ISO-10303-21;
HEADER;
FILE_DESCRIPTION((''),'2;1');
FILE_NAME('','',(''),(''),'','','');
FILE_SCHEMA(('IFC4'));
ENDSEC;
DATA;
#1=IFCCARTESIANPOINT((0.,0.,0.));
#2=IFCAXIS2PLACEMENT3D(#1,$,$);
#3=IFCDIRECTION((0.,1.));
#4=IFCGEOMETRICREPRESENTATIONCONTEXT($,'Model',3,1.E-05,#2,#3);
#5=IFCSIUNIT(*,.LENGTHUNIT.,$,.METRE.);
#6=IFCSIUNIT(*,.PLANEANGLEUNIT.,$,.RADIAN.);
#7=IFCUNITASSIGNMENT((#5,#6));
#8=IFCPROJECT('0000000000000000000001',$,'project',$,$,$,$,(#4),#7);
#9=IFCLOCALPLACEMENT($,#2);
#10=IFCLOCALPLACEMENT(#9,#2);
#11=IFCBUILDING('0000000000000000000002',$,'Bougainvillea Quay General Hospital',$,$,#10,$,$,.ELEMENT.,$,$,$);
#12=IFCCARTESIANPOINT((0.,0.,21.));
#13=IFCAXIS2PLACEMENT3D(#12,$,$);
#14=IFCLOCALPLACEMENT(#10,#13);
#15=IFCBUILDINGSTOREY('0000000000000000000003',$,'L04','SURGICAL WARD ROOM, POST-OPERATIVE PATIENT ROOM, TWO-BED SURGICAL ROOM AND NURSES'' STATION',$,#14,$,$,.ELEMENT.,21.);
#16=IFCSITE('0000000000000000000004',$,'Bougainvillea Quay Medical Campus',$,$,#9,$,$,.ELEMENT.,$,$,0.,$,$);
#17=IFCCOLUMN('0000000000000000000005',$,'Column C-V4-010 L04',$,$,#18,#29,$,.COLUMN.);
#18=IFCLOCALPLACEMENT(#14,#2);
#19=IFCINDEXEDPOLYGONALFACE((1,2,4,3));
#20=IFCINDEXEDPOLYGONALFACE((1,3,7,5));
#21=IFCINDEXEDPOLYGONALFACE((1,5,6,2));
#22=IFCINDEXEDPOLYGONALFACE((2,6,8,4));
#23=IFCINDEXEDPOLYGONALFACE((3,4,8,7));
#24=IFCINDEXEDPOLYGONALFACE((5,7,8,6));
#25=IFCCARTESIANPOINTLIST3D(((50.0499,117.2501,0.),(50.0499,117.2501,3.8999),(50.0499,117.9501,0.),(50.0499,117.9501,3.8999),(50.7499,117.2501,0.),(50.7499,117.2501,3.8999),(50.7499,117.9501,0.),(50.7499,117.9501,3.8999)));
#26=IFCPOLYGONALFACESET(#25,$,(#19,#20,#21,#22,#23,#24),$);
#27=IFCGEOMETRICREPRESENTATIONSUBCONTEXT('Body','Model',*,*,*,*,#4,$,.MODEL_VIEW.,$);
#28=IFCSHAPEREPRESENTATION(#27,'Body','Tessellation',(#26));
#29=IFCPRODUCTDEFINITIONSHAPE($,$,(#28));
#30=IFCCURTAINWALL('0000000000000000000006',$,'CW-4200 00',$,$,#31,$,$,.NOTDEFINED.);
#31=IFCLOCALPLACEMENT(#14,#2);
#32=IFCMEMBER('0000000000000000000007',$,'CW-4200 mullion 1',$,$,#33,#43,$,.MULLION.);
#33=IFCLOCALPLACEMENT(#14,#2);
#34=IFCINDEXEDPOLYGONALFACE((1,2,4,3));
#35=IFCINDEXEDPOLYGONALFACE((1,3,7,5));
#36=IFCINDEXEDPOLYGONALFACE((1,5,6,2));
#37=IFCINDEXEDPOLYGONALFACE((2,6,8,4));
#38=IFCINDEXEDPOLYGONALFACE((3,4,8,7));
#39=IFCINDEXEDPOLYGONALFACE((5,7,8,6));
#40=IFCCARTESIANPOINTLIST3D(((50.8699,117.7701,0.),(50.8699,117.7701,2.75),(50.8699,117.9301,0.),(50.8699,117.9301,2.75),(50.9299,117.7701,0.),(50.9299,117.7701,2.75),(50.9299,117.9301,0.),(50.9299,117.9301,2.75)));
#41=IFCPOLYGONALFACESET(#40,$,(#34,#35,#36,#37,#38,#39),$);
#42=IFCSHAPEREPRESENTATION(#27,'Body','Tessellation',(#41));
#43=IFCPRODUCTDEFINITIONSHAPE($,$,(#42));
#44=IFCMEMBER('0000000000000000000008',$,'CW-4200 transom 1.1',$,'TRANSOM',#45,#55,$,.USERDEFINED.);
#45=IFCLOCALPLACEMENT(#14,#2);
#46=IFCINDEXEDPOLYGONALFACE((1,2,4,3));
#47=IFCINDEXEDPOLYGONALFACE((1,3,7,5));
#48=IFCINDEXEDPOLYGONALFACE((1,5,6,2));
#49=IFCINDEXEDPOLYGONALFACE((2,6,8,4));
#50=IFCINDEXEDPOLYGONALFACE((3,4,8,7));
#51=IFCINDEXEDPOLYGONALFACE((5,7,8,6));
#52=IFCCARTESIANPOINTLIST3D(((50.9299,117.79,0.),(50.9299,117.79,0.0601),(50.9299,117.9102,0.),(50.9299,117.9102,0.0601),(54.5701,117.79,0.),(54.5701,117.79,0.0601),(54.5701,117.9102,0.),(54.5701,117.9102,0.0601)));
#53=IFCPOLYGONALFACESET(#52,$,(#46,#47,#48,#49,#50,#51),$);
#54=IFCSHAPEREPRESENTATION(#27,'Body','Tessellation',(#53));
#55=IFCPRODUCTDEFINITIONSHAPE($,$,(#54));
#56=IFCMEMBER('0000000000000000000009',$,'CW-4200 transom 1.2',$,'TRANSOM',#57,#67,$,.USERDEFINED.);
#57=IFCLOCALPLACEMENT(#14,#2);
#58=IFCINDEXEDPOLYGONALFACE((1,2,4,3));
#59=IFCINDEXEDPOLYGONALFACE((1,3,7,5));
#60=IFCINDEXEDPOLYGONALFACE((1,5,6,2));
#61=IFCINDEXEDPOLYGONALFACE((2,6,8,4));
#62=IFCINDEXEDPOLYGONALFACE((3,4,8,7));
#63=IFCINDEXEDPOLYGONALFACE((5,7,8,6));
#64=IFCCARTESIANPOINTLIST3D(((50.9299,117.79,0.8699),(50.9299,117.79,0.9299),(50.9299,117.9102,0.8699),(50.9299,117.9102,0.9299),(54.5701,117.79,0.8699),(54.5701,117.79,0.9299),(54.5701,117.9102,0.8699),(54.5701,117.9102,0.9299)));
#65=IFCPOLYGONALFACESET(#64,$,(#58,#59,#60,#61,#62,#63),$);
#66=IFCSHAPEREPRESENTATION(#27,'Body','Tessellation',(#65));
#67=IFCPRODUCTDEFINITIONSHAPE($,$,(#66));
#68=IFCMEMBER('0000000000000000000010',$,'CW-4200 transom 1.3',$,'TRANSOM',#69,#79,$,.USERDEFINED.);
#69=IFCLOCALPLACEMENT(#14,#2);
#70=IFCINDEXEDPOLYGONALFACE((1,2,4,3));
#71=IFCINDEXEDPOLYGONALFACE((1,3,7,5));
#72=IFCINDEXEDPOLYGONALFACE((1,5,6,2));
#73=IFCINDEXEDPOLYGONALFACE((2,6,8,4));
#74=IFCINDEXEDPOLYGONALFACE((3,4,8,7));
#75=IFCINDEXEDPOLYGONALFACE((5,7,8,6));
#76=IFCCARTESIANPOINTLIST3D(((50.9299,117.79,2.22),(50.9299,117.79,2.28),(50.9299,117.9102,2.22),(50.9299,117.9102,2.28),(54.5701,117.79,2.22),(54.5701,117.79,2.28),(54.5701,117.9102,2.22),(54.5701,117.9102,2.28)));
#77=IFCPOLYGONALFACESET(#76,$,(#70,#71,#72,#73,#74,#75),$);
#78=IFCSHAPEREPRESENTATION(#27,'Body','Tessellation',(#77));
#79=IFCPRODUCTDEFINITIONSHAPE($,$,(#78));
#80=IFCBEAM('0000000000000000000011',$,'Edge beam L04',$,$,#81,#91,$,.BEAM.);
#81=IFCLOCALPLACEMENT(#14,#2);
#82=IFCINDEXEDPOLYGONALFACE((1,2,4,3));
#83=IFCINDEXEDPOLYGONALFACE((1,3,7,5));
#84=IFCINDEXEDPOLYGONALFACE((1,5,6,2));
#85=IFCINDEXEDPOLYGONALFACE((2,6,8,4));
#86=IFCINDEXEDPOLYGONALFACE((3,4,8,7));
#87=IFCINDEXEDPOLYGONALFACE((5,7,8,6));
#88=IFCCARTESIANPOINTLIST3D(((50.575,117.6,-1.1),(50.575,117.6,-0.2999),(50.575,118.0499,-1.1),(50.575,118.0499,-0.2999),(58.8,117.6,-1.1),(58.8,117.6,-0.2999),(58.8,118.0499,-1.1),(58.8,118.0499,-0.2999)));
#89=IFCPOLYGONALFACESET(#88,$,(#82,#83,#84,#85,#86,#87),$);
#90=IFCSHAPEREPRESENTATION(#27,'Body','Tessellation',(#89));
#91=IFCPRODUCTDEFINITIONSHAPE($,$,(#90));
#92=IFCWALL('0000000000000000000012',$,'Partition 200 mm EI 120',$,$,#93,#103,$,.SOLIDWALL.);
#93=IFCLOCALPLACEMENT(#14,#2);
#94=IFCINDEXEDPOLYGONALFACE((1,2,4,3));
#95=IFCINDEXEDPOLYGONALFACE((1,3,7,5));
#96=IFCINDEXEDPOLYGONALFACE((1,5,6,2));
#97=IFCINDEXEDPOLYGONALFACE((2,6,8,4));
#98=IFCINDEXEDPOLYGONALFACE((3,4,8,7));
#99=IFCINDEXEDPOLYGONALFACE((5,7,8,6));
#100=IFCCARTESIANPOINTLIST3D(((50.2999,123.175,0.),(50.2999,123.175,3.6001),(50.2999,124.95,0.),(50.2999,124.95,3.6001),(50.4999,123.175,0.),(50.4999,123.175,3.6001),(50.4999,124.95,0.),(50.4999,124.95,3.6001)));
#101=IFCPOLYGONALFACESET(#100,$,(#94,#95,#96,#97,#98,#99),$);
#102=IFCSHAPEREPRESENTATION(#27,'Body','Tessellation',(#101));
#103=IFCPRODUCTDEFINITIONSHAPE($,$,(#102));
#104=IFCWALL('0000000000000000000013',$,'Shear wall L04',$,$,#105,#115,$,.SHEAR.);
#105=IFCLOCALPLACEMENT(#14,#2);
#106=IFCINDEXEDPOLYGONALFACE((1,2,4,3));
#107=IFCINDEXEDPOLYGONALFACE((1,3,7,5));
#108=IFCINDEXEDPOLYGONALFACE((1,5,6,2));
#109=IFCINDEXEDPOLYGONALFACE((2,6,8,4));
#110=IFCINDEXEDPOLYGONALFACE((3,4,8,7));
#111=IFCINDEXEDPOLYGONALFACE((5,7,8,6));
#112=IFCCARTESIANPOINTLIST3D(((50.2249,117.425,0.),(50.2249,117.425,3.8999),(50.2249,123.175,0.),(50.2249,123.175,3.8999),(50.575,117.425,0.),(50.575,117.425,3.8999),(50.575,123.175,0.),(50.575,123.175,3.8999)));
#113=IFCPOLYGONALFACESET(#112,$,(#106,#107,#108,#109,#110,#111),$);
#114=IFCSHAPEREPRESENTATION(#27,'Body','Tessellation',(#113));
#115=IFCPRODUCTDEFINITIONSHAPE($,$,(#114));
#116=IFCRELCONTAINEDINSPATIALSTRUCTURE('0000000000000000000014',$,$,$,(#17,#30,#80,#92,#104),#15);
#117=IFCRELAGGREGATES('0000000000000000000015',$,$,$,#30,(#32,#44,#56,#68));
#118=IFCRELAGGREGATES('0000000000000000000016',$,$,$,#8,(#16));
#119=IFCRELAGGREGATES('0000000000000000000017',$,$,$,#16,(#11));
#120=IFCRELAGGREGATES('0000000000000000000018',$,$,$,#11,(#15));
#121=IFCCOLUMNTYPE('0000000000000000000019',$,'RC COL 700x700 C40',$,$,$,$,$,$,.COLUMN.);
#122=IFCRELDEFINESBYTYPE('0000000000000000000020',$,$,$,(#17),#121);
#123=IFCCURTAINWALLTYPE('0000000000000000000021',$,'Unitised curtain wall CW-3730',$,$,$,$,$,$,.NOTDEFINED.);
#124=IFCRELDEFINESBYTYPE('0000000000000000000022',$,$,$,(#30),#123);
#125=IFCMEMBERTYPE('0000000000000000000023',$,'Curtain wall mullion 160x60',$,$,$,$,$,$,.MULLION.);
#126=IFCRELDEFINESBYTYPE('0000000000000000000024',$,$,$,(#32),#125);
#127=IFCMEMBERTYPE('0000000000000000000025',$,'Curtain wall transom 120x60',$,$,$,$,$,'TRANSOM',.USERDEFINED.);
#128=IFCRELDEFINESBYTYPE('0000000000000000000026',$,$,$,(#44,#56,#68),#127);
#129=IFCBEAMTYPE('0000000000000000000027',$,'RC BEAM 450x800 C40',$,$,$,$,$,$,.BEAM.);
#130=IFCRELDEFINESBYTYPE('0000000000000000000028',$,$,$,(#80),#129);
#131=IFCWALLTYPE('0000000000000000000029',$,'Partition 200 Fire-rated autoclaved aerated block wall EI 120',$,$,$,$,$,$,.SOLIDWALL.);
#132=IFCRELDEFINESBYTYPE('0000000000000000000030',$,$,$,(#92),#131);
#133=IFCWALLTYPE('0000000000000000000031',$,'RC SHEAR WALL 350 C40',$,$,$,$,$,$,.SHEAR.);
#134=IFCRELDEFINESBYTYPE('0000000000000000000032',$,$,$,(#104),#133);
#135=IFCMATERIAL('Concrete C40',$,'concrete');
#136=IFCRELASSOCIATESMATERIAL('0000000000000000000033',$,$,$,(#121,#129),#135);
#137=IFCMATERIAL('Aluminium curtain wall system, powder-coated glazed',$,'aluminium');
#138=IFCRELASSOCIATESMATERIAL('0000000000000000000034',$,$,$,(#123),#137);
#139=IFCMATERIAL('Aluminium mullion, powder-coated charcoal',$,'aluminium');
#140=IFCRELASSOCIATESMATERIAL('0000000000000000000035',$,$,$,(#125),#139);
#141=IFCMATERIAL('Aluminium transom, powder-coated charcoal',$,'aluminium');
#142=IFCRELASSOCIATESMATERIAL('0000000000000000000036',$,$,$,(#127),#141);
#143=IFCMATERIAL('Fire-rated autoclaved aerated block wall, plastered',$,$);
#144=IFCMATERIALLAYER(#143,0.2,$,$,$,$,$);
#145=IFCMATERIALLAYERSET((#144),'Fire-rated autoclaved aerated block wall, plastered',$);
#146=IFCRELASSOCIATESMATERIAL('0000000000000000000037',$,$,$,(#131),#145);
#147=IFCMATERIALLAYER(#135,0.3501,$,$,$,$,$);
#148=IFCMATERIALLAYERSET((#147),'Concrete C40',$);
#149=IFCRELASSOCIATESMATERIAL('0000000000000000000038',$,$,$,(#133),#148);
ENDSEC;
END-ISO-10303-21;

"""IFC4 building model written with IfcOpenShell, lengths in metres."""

from ifc_helpers import new_model, si_unit, direction, frame, frame_2d, origin, origin_2d, place, context, subcontext, project, spatial, rectangle, extrude, material, layer, layer_set, material_profile, profile_set, type_object, element, aggregate, save


model = new_model("IFC4")

# Units and contexts
model_context = context("Model", 3, precision=1e-05, world=origin(), true_north=direction((0.0, 1.0)))
body_context = subcontext(model_context, "Body", "Model", "MODEL_VIEW")
ifc_project = project(units=[si_unit("LENGTHUNIT", "METRE"), si_unit("PLANEANGLEUNIT", "RADIAN")], contexts=[model_context])

# Site, building, storey
site_placement = place(None, origin())
site = spatial("IfcSite", under=ifc_project, at=site_placement, Name="Bougainvillea Quay Medical Campus", CompositionType="ELEMENT", RefElevation=0.0)
building_placement = place(site_placement, origin())
building = spatial("IfcBuilding", under=site, at=building_placement, Name="Bougainvillea Quay General Hospital", CompositionType="ELEMENT")
storey_placement = place(building_placement, frame((0.0, 0.0, 21.0)))
storey = spatial("IfcBuildingStorey", under=building, at=storey_placement, Name="L04", Description="SURGICAL WARD ROOM, POST-OPERATIVE PATIENT ROOM, TWO-BED SURGICAL ROOM AND NURSES' STATION", CompositionType="ELEMENT", Elevation=21.0)

# Column
ifc_material_1 = material(Name="Concrete C40", Category="concrete")
ifc_material_profile_1 = material_profile(ifc_material_1, rectangle(XDim=0.7, YDim=0.7, at=origin_2d()))
ifc_profile_set_1 = profile_set([ifc_material_profile_1], Name="Concrete C40")
column_type = type_object("IfcColumnType", Name="RC COL 700x700 C40", PredefinedType="COLUMN", material=ifc_profile_set_1)
column_placement = place(storey_placement, frame((50.3999, 117.6001, 0.0), z_axis=(0.0, 0.0, 1.0), x_axis=(1.0, 0.0, 0.0)))
element("IfcColumn", 1, at=column_placement, inside=storey, type_object=column_type, Name="Column C-V4-010 L04", PredefinedType="COLUMN", context=body_context, shape_type="SweptSolid", body=[
    extrude(rectangle(XDim=0.7, YDim=0.7, at=origin_2d()), origin(), (0.0, 0.0, 1.0), 3.8999),
])

# Curtain wall, members
ifc_material_2 = material(Name="Aluminium curtain wall system, powder-coated glazed", Category="aluminium")
curtain_wall_type = type_object("IfcCurtainWallType", Name="Unitised curtain wall CW-3730", PredefinedType="NOTDEFINED", material=ifc_material_2)
curtain_wall_placement = place(storey_placement, origin())
curtain_wall = element("IfcCurtainWall", 2, at=curtain_wall_placement, inside=storey, type_object=curtain_wall_type, Name="CW-4200 00", PredefinedType="NOTDEFINED")
ifc_material_3 = material(Name="Aluminium mullion, powder-coated charcoal", Category="aluminium")
ifc_material_profile_2 = material_profile(ifc_material_3, rectangle(XDim=0.1599, YDim=0.0601, at=origin_2d()))
ifc_profile_set_2 = profile_set([ifc_material_profile_2], Name="Aluminium mullion, powder-coated charcoal")
member_type_1 = type_object("IfcMemberType", Name="Curtain wall mullion 160x60", PredefinedType="MULLION", material=ifc_profile_set_2)
member_1_placement = place(storey_placement, frame((50.8999, 117.8501, 0.0), z_axis=(0.0, 0.0, 1.0), x_axis=(0.0, 1.0, 0.0)))
member_1 = element("IfcMember", 3, at=member_1_placement, type_object=member_type_1, Name="CW-4200 mullion 1", PredefinedType="MULLION", context=body_context, shape_type="SweptSolid", body=[
    extrude(rectangle(XDim=0.1599, YDim=0.0601, at=origin_2d()), origin(), (0.0, 0.0, 1.0), 2.75),
])
ifc_material_4 = material(Name="Aluminium transom, powder-coated charcoal", Category="aluminium")
ifc_material_profile_3 = material_profile(ifc_material_4, rectangle(XDim=0.1201, YDim=0.0601, at=origin_2d()))
ifc_profile_set_3 = profile_set([ifc_material_profile_3], Name="Aluminium transom, powder-coated charcoal")
member_type_2 = type_object("IfcMemberType", Name="Curtain wall transom 120x60", ElementType="TRANSOM", PredefinedType="USERDEFINED", material=ifc_profile_set_3)
member_2_placement = place(storey_placement, frame((50.9299, 117.8501, 0.03), z_axis=(1.0, 0.0, 0.0), x_axis=(0.0, 1.0, 0.0)))
member_2 = element("IfcMember", 4, at=member_2_placement, type_object=member_type_2, Name="CW-4200 transom 1.1", ObjectType="TRANSOM", PredefinedType="USERDEFINED", context=body_context, shape_type="SweptSolid", body=[
    extrude(rectangle(XDim=0.1201, YDim=0.0601, at=origin_2d()), origin(), (0.0, 0.0, 1.0), 3.6401),
])
member_3_placement = place(storey_placement, frame((50.9299, 117.8501, 0.8999), z_axis=(1.0, 0.0, 0.0), x_axis=(0.0, 1.0, 0.0)))
member_3 = element("IfcMember", 5, at=member_3_placement, type_object=member_type_2, Name="CW-4200 transom 1.2", ObjectType="TRANSOM", PredefinedType="USERDEFINED", context=body_context, shape_type="SweptSolid", body=[
    extrude(rectangle(XDim=0.1201, YDim=0.0601, at=origin_2d()), origin(), (0.0, 0.0, 1.0), 3.6401),
])
member_4_placement = place(storey_placement, frame((50.9299, 117.8501, 2.25), z_axis=(1.0, 0.0, 0.0), x_axis=(0.0, 1.0, 0.0)))
member_4 = element("IfcMember", 6, at=member_4_placement, type_object=member_type_2, Name="CW-4200 transom 1.3", ObjectType="TRANSOM", PredefinedType="USERDEFINED", context=body_context, shape_type="SweptSolid", body=[
    extrude(rectangle(XDim=0.1201, YDim=0.0601, at=origin_2d()), origin(), (0.0, 0.0, 1.0), 3.6401),
])
aggregate(curtain_wall, [member_1, member_2, member_3, member_4])

# Beam
ifc_material_profile_4 = material_profile(ifc_material_1, rectangle(XDim=0.45, YDim=0.8, at=origin_2d()))
ifc_profile_set_4 = profile_set([ifc_material_profile_4], Name="Concrete C40")
beam_type = type_object("IfcBeamType", Name="RC BEAM 450x800 C40", PredefinedType="BEAM", material=ifc_profile_set_4)
beam_placement = place(storey_placement, frame((50.575, 117.825, -0.7), z_axis=(1.0, 0.0, 0.0), x_axis=(0.0, 1.0, 0.0)))
element("IfcBeam", 7, at=beam_placement, inside=storey, type_object=beam_type, Name="Edge beam L04", PredefinedType="BEAM", context=body_context, shape_type="SweptSolid", body=[
    extrude(rectangle(XDim=0.45, YDim=0.8, at=origin_2d()), origin(), (0.0, 0.0, 1.0), 8.2251),
])

# Walls
ifc_material_5 = material(Name="Fire-rated autoclaved aerated block wall, plastered")
ifc_layer_1 = layer(ifc_material_5, 0.2)
ifc_layer_set_1 = layer_set([ifc_layer_1], Name="Fire-rated autoclaved aerated block wall, plastered")
wall_type_1 = type_object("IfcWallType", Name="Partition 200 Fire-rated autoclaved aerated block wall EI 120", PredefinedType="SOLIDWALL", material=ifc_layer_set_1)
wall_1_placement = place(storey_placement, frame((50.3999, 123.175, 0.0), z_axis=(0.0, 0.0, 1.0), x_axis=(0.0, 1.0, 0.0)))
element("IfcWall", 8, at=wall_1_placement, inside=storey, type_object=wall_type_1, Name="Partition 200 mm EI 120", PredefinedType="SOLIDWALL", context=body_context, shape_type="SweptSolid", body=[
    extrude(rectangle(XDim=1.7749, YDim=0.2, at=frame_2d((0.8875, 0.0))), origin(), (0.0, 0.0, 1.0), 3.6001),
])
ifc_layer_2 = layer(ifc_material_1, 0.3501)
ifc_layer_set_2 = layer_set([ifc_layer_2], Name="Concrete C40")
wall_type_2 = type_object("IfcWallType", Name="RC SHEAR WALL 350 C40", PredefinedType="SHEAR", material=ifc_layer_set_2)
wall_2_placement = place(storey_placement, frame((50.3999, 117.425, 0.0), z_axis=(0.0, 0.0, 1.0), x_axis=(0.0, 1.0, 0.0)))
element("IfcWall", 9, at=wall_2_placement, inside=storey, type_object=wall_type_2, Name="Shear wall L04", PredefinedType="SHEAR", context=body_context, shape_type="SweptSolid", body=[
    extrude(rectangle(XDim=5.75, YDim=0.3501, at=frame_2d((2.875, 0.0))), origin(), (0.0, 0.0, 1.0), 3.8999),
])

save(model, "model.ifc")
